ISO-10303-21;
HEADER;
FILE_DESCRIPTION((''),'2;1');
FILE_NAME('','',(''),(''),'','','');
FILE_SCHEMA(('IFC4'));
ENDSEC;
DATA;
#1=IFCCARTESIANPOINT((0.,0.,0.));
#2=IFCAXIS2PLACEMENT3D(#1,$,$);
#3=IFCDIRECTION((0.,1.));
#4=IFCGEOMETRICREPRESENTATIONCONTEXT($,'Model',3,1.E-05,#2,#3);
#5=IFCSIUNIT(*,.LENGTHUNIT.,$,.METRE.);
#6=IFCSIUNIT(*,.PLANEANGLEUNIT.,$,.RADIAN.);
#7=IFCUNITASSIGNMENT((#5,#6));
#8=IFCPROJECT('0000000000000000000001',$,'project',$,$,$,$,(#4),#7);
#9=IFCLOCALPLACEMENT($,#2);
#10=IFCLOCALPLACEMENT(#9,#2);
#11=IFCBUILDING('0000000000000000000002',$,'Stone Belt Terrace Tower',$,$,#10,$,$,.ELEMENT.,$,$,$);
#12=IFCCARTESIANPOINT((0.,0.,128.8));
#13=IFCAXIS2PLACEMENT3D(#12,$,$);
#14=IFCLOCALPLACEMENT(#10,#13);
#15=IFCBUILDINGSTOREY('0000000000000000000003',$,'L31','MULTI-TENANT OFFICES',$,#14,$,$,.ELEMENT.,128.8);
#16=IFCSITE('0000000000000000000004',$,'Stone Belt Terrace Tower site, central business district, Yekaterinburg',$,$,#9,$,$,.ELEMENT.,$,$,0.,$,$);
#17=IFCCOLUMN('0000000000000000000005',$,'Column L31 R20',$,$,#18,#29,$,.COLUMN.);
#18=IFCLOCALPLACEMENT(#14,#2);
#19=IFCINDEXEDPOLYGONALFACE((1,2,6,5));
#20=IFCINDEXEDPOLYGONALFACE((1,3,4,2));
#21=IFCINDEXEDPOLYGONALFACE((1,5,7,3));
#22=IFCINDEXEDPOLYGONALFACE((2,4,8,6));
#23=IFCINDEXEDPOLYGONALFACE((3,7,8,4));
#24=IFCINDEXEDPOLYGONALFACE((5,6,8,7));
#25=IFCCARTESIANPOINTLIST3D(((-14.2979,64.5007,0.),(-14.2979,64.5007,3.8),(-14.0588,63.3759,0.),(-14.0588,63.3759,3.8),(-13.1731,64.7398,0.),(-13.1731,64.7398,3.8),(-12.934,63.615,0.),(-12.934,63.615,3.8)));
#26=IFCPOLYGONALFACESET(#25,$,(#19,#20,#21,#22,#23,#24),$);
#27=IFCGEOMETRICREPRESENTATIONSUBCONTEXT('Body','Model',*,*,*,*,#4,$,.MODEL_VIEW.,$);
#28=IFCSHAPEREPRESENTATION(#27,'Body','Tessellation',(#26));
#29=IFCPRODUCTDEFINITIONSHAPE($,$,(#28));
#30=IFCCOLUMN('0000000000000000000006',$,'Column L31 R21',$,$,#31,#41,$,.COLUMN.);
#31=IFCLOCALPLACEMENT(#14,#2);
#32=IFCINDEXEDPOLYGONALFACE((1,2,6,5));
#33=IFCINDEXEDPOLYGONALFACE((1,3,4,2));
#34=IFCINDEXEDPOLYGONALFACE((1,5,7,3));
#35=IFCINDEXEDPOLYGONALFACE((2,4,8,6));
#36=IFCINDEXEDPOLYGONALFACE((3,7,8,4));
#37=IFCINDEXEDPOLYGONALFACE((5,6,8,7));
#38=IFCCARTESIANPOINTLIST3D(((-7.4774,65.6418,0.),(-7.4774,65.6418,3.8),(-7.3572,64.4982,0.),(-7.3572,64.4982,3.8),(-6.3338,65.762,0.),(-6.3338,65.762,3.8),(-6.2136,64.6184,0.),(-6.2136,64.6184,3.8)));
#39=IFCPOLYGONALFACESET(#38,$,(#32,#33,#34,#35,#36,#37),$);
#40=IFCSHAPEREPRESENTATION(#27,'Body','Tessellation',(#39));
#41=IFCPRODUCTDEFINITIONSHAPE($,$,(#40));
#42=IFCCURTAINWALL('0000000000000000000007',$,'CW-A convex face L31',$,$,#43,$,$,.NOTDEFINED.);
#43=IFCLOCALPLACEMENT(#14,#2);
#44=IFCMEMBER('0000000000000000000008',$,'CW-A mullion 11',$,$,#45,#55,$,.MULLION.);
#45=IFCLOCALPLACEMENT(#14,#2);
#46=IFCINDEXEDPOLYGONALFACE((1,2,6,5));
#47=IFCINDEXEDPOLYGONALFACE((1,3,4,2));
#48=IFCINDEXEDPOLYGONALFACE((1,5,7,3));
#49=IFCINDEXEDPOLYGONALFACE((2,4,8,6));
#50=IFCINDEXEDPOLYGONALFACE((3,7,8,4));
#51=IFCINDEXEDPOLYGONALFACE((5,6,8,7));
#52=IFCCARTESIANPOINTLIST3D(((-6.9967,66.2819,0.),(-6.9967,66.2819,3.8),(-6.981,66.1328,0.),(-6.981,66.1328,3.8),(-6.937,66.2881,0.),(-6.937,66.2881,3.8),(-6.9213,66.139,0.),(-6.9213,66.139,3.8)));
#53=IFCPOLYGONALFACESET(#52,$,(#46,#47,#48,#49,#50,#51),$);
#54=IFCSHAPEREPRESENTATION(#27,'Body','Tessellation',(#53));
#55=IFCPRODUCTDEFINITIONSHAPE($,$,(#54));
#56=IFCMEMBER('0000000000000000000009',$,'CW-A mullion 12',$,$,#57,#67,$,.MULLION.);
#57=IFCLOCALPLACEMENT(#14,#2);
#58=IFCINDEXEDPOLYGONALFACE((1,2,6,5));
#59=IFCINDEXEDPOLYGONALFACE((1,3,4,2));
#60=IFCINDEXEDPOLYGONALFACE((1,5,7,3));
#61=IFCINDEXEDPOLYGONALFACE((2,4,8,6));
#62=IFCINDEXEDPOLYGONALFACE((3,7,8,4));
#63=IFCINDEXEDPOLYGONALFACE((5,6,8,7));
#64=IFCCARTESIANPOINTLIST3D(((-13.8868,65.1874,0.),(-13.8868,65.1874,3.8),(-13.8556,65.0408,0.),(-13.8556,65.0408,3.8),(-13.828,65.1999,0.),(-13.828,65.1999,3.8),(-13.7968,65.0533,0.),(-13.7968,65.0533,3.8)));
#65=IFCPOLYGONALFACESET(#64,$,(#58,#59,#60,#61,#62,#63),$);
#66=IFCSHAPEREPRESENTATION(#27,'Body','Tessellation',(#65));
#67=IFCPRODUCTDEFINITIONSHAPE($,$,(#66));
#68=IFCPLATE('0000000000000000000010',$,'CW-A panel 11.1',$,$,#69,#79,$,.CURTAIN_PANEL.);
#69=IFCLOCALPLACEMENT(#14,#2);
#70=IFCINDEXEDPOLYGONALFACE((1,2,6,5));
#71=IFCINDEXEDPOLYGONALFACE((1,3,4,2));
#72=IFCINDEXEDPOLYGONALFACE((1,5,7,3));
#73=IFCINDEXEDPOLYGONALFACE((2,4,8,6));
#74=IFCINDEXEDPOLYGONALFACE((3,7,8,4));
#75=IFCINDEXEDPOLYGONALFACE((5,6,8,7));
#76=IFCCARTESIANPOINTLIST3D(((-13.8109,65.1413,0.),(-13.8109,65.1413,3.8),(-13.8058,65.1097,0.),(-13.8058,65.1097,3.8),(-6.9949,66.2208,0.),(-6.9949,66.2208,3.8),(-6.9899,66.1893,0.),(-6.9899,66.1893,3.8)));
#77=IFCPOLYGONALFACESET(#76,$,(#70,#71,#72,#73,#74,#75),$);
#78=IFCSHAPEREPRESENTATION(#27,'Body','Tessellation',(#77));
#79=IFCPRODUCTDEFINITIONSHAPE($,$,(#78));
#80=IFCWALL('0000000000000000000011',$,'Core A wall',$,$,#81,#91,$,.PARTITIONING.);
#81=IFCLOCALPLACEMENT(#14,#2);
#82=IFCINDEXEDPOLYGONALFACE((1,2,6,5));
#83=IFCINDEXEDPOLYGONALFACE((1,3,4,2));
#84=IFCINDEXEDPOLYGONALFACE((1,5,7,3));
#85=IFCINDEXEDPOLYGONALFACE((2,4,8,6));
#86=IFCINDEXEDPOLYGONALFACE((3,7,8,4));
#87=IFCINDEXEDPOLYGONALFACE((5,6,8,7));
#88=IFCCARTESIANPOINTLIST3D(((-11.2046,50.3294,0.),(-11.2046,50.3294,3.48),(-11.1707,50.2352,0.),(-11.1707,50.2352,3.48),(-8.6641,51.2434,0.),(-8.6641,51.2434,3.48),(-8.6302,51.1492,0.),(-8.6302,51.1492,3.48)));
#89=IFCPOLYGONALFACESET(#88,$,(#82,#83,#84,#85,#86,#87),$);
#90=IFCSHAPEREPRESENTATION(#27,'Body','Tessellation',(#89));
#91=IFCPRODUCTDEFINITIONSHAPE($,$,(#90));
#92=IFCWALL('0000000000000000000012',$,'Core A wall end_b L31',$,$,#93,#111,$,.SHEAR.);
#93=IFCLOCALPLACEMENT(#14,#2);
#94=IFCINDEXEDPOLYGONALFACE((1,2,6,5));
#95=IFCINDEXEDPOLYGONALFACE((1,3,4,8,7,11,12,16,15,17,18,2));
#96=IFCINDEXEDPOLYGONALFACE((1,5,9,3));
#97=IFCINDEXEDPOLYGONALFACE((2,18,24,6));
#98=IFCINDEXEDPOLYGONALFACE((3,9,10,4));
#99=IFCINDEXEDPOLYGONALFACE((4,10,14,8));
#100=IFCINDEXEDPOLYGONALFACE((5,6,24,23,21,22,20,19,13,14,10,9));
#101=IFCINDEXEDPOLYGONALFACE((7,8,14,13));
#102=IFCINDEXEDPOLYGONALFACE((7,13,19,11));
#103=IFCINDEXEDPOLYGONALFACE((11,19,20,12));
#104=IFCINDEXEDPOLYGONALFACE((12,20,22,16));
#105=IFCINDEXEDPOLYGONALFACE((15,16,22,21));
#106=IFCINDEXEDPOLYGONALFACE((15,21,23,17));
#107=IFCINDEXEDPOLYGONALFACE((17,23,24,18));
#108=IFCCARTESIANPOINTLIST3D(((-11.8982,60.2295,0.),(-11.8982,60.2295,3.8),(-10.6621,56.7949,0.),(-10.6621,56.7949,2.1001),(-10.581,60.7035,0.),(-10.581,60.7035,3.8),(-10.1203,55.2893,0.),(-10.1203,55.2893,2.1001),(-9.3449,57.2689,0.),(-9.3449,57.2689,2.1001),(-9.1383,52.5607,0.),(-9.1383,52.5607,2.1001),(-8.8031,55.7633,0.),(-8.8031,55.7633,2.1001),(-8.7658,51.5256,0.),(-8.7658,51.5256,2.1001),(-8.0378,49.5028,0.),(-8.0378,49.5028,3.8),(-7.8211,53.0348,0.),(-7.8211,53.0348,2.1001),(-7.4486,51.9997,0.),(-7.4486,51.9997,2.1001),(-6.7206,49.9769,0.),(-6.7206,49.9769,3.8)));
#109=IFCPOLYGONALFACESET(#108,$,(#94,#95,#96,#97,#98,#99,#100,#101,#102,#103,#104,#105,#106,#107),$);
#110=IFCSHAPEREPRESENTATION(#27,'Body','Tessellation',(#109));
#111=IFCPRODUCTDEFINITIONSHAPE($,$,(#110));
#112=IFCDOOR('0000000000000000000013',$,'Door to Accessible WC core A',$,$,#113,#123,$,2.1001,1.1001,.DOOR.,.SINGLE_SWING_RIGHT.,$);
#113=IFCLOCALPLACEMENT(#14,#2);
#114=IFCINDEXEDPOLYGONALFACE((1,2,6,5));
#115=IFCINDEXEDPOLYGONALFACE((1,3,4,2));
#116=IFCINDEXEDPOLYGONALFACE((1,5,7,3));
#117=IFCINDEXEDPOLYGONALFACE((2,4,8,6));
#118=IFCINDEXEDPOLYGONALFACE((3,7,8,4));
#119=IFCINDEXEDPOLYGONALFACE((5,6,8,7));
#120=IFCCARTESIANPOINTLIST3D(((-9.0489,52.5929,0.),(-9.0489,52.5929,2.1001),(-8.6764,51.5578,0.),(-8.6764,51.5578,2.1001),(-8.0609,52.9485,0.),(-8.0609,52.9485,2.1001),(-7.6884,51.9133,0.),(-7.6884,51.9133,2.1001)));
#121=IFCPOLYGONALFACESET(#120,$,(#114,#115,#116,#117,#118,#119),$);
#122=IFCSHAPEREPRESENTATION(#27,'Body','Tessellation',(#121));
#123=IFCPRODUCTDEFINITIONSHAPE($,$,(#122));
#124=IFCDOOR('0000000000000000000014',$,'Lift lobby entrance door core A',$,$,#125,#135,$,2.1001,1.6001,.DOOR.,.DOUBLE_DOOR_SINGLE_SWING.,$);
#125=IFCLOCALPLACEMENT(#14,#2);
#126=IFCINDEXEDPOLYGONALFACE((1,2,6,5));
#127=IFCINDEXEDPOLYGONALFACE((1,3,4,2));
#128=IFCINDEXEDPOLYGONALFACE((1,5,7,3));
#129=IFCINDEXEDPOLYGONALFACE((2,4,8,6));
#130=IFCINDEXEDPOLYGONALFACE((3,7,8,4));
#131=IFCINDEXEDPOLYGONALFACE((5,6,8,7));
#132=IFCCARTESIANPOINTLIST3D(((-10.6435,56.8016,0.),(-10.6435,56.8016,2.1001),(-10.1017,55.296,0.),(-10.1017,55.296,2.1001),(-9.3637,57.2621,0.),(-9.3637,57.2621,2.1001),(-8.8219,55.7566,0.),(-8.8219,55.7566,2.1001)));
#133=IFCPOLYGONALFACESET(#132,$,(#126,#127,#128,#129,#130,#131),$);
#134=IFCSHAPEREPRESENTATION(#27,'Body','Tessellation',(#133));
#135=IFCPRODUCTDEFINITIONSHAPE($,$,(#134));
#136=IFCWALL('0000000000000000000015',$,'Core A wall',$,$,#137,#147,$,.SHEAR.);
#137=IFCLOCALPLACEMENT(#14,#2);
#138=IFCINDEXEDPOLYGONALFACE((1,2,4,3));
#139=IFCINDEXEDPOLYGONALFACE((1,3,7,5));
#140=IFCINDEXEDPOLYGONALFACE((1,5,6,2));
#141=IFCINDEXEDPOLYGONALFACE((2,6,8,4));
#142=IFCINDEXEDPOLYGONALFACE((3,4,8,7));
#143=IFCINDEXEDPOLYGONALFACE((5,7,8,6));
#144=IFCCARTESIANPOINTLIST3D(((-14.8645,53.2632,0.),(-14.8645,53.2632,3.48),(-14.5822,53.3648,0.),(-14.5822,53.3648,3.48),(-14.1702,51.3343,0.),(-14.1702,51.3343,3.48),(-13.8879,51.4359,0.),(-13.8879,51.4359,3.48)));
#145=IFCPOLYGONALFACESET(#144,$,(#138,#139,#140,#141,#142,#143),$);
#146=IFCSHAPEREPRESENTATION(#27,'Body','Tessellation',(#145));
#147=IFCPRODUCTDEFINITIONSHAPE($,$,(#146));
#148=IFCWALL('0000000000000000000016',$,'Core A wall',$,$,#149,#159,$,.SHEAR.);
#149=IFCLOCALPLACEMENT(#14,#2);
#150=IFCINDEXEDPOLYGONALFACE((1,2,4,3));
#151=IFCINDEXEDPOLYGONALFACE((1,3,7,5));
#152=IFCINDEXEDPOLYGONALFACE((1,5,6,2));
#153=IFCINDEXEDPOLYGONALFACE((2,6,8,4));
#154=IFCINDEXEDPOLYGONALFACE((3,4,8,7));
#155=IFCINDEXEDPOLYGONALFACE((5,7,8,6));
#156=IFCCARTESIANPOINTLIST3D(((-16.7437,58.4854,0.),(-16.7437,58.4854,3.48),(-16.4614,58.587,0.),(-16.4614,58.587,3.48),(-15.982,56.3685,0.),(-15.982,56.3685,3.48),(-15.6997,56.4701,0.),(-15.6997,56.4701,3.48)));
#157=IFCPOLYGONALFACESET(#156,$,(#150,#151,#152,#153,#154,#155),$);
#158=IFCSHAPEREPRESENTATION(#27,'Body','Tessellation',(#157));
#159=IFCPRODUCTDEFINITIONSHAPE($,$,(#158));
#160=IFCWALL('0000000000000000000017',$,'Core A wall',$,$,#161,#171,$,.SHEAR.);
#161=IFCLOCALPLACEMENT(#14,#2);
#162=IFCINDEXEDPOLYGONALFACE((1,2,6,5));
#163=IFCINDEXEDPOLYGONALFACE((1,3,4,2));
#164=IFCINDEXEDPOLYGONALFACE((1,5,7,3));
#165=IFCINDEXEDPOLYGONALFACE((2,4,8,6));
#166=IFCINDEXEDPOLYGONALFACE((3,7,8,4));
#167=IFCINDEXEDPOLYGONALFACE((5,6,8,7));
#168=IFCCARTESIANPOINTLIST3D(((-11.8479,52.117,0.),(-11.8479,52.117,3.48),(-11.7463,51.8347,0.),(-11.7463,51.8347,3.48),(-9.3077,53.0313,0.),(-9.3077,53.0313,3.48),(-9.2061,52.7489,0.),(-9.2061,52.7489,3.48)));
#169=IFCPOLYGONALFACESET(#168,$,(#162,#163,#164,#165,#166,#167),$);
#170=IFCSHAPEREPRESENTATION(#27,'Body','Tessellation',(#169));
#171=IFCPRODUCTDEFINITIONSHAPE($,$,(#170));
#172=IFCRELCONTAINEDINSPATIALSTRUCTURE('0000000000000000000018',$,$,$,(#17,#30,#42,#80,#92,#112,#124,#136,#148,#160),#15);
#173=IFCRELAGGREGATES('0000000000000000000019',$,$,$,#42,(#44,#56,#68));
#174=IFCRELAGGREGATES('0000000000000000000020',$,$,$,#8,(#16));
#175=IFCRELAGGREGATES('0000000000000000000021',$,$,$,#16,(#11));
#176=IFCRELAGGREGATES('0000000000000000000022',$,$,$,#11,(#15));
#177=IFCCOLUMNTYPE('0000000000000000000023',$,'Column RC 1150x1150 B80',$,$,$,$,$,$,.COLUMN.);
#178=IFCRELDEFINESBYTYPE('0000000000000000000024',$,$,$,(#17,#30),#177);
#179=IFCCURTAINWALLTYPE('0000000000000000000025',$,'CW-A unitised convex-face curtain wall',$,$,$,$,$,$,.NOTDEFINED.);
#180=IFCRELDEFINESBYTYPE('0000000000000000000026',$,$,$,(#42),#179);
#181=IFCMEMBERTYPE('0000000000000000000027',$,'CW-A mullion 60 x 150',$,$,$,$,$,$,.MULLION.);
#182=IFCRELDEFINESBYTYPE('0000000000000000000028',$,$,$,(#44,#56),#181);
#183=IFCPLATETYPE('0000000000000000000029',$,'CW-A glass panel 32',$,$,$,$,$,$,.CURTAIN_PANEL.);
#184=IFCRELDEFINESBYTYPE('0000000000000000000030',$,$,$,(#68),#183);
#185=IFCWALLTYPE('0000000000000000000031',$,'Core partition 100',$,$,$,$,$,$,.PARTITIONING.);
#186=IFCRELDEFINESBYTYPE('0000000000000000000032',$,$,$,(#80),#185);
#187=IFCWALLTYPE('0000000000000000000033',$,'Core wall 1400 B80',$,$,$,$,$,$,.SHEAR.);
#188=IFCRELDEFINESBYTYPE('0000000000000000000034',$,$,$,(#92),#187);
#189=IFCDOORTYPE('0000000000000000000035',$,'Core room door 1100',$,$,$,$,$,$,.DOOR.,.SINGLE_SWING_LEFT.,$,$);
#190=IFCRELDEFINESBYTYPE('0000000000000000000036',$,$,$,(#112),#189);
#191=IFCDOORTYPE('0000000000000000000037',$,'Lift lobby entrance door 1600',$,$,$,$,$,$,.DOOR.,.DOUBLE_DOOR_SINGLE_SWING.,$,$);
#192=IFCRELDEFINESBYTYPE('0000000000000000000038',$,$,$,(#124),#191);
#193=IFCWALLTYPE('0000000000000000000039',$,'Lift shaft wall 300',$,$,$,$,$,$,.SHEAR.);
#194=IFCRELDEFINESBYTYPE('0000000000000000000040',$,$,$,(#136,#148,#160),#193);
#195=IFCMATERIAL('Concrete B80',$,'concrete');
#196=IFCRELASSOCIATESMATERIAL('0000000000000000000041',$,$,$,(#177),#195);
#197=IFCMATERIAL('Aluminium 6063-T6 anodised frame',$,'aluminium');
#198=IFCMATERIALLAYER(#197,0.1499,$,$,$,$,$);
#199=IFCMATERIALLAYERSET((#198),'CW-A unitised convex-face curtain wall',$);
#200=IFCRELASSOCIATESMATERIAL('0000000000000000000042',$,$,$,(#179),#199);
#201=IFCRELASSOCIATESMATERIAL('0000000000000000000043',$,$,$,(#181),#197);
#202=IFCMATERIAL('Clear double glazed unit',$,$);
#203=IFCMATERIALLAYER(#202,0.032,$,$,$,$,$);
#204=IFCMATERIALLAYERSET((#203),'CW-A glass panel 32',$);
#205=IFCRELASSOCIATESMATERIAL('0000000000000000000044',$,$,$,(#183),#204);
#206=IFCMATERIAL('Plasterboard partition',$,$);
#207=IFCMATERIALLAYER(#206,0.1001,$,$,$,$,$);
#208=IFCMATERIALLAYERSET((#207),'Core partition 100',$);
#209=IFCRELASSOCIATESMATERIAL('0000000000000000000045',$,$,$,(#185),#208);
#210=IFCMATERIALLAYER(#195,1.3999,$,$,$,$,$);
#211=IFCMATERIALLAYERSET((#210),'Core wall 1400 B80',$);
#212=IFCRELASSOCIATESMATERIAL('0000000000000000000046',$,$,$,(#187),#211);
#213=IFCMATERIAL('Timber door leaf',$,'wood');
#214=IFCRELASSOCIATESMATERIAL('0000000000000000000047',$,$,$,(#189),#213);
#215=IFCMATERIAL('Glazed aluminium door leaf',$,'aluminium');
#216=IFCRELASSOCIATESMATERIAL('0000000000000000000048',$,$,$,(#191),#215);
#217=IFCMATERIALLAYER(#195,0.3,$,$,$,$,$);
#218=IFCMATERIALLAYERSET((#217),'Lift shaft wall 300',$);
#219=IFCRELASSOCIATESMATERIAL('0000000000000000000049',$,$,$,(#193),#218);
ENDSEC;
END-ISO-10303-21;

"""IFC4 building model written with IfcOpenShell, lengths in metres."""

from ifc_helpers import new_model, si_unit, direction, frame, frame_2d, origin, origin_2d, place, context, subcontext, project, spatial, rectangle, extrude, material, layer, layer_set, material_profile, profile_set, type_object, element, fill, aggregate, save


model = new_model("IFC4")

# Units and contexts
model_context = context("Model", 3, precision=1e-05, world=origin(), true_north=direction((0.0, 1.0)))
body_context = subcontext(model_context, "Body", "Model", "MODEL_VIEW")
ifc_project = project(units=[si_unit("LENGTHUNIT", "METRE"), si_unit("PLANEANGLEUNIT", "RADIAN")], contexts=[model_context])

# Site, building, storey
site_placement = place(None, origin())
site = spatial("IfcSite", under=ifc_project, at=site_placement, Name="Stone Belt Terrace Tower site, central business district, Yekaterinburg", CompositionType="ELEMENT", RefElevation=0.0)
building_placement = place(site_placement, origin())
building = spatial("IfcBuilding", under=site, at=building_placement, Name="Stone Belt Terrace Tower", CompositionType="ELEMENT")
storey_placement = place(building_placement, frame((0.0, 0.0, 128.8)))
storey = spatial("IfcBuildingStorey", under=building, at=storey_placement, Name="L31", Description="MULTI-TENANT OFFICES", CompositionType="ELEMENT", Elevation=128.8)

# Columns
ifc_material_1 = material(Name="Concrete B80", Category="concrete")
ifc_material_profile_1 = material_profile(ifc_material_1, rectangle(XDim=1.1499, YDim=1.1499, at=origin_2d()), Name="RC 1150x1150")
ifc_profile_set_1 = profile_set([ifc_material_profile_1], Name="Concrete B80")
column_type = type_object("IfcColumnType", Name="Column RC 1150x1150 B80", PredefinedType="COLUMN", material=ifc_profile_set_1)
for number, where, z_axis, x_axis, name in (
    (1, (-13.616, 64.0579, 0.0), (0.0, 0.0, 1.0), (0.978148, 0.207912, 0.0), "Column L31 R20"),
    (2, (-6.8455, 65.1301, 0.0), (0.0, 0.0, 1.0), (0.994522, 0.104528, 0.0), "Column L31 R21"),
):
    element("IfcColumn", number, at=place(storey_placement, frame(where, z_axis=z_axis, x_axis=x_axis)), inside=storey, type_object=column_type, Name=name, PredefinedType="COLUMN", context=body_context, shape_type="SweptSolid", body=[
        extrude(rectangle(XDim=1.1499, YDim=1.1499, at=origin_2d()), origin(), (0.0, 0.0, 1.0), 3.8),
    ])

# Curtain wall, members, plate
ifc_material_2 = material(Name="Aluminium 6063-T6 anodised frame", Category="aluminium")
ifc_layer_1 = layer(ifc_material_2, 0.1499)
ifc_layer_set_1 = layer_set([ifc_layer_1], Name="CW-A unitised convex-face curtain wall")
curtain_wall_type = type_object("IfcCurtainWallType", Name="CW-A unitised convex-face curtain wall", PredefinedType="NOTDEFINED", material=ifc_layer_set_1)
curtain_wall_placement = place(storey_placement, origin())
curtain_wall = element("IfcCurtainWall", 3, at=curtain_wall_placement, inside=storey, type_object=curtain_wall_type, Name="CW-A convex face L31", PredefinedType="NOTDEFINED")
ifc_material_profile_2 = material_profile(ifc_material_2, rectangle(XDim=0.1499, YDim=0.0601, at=origin_2d()), Name="Aluminium 6063-T6 60x150")
ifc_profile_set_2 = profile_set([ifc_material_profile_2], Name="Aluminium 6063-T6 anodised frame")
member_type = type_object("IfcMemberType", Name="CW-A mullion 60 x 150", PredefinedType="MULLION", material=ifc_profile_set_2)
member_1_placement = place(storey_placement, frame((-6.959, 66.2104, 0.0), z_axis=(0.0, 0.0, 1.0), x_axis=(0.104528, -0.994522, 0.0)))
member_1 = element("IfcMember", 4, at=member_1_placement, type_object=member_type, Name="CW-A mullion 11", PredefinedType="MULLION", context=body_context, shape_type="SweptSolid", body=[
    extrude(rectangle(XDim=0.1499, YDim=0.0601, at=origin_2d()), origin(), (0.0, 0.0, 1.0), 3.8),
])
member_2_placement = place(storey_placement, frame((-13.8418, 65.1204, 0.0), z_axis=(0.0, 0.0, 1.0), x_axis=(0.207912, -0.978148, 0.0)))
member_2 = element("IfcMember", 5, at=member_2_placement, type_object=member_type, Name="CW-A mullion 12", PredefinedType="MULLION", context=body_context, shape_type="SweptSolid", body=[
    extrude(rectangle(XDim=0.1499, YDim=0.0601, at=origin_2d()), origin(), (0.0, 0.0, 1.0), 3.8),
])
ifc_material_3 = material(Name="Clear double glazed unit")
ifc_layer_2 = layer(ifc_material_3, 0.032)
ifc_layer_set_2 = layer_set([ifc_layer_2], Name="CW-A glass panel 32")
plate_type = type_object("IfcPlateType", Name="CW-A glass panel 32", PredefinedType="CURTAIN_PANEL", material=ifc_layer_set_2)
plate_placement = place(storey_placement, frame((-10.4004, 65.6653, 0.0), z_axis=(0.0, 0.0, 1.0), x_axis=(-0.987688, -0.156434, 0.0)))
plate = element("IfcPlate", 6, at=plate_placement, type_object=plate_type, Name="CW-A panel 11.1", PredefinedType="CURTAIN_PANEL", context=body_context, shape_type="SweptSolid", body=[
    extrude(rectangle(XDim=6.9009, YDim=0.032, at=origin_2d()), origin(), (0.0, 0.0, 1.0), 3.8),
])
aggregate(curtain_wall, [member_1, member_2, plate])

# Wall
ifc_material_4 = material(Name="Plasterboard partition")
ifc_layer_3 = layer(ifc_material_4, 0.1001)
ifc_layer_set_3 = layer_set([ifc_layer_3], Name="Core partition 100")
wall_type_1 = type_object("IfcWallType", Name="Core partition 100", PredefinedType="PARTITIONING", material=ifc_layer_set_3)
wall_1_placement = place(storey_placement, frame((-11.1877, 50.2822, 0.0), z_axis=(0.0, 0.0, 1.0), x_axis=(0.94095, 0.338547, 0.0)))
element("IfcWall", 7, at=wall_1_placement, inside=storey, type_object=wall_type_1, Name="Core A wall", PredefinedType="PARTITIONING", context=body_context, shape_type="SweptSolid", body=[
    extrude(rectangle(XDim=2.7, YDim=0.1001, at=frame_2d((1.3501, 0.0))), origin(), (0.0, 0.0, 1.0), 3.48),
])

# Wall, openings, doors
ifc_layer_4 = layer(ifc_material_1, 1.3999)
ifc_layer_set_4 = layer_set([ifc_layer_4], Name="Core wall 1400 B80")
wall_type_2 = type_object("IfcWallType", Name="Core wall 1400 B80", PredefinedType="SHEAR", material=ifc_layer_set_4)
wall_2_placement = place(storey_placement, frame((-7.3792, 49.7397, 0.0), z_axis=(0.0, 0.0, 1.0), x_axis=(-0.338625, 0.940921, 0.0)))
wall_2 = element("IfcWall", 8, at=wall_2_placement, inside=storey, type_object=wall_type_2, Name="Core A wall end_b L31", PredefinedType="SHEAR", context=body_context, shape_type="SweptSolid", body=[
    extrude(rectangle(XDim=11.4001, YDim=1.3999, at=frame_2d((5.7002, 0.0))), origin(), (0.0, 0.0, 1.0), 3.8),
])
opening_1_placement = place(wall_2_placement, frame((6.1499, 0.0, 0.0)))
opening_1 = element("IfcOpeningElement", 9, at=opening_1_placement, cuts=wall_2, PredefinedType="OPENING", context=body_context, shape_type="SweptSolid", body=[
    extrude(rectangle(XDim=1.6001, YDim=2.1001, at=frame_2d((0.8, 1.05))), frame((0.0, 0.71, 0.0), z_axis=(0.0, -1.0, 0.0), x_axis=(1.0, 0.0, 0.0)), (0.0, 0.0, 1.0), 1.4199),
])
opening_2_placement = place(wall_2_placement, frame((2.1499, 0.0, 0.0)))
opening_2 = element("IfcOpeningElement", 10, at=opening_2_placement, cuts=wall_2, PredefinedType="OPENING", context=body_context, shape_type="SweptSolid", body=[
    extrude(rectangle(XDim=1.1001, YDim=2.1001, at=frame_2d((0.55, 1.05))), frame((0.0, 0.71, 0.0), z_axis=(0.0, -1.0, 0.0), x_axis=(1.0, 0.0, 0.0)), (0.0, 0.0, 1.0), 1.4199),
])
ifc_material_5 = material(Name="Timber door leaf", Category="wood")
door_type_1 = type_object("IfcDoorType", Name="Core room door 1100", OperationType="SINGLE_SWING_LEFT", PredefinedType="DOOR", material=ifc_material_5)
door_1_placement = place(opening_2_placement, origin())
door_1 = element("IfcDoor", 11, at=door_1_placement, inside=storey, type_object=door_type_1, Name="Door to Accessible WC core A", OperationType="SINGLE_SWING_RIGHT", OverallHeight=2.1001, OverallWidth=1.1001, PredefinedType="DOOR", context=body_context, shape_type="SweptSolid", body=[
    extrude(rectangle(XDim=1.1001, YDim=2.1001, at=frame_2d((0.55, 1.05))), frame((0.0, 0.605, 0.0), z_axis=(0.0, -1.0, 0.0), x_axis=(1.0, 0.0, 0.0)), (0.0, 0.0, 1.0), 1.05),
])
fill(opening_2, door_1)
ifc_material_6 = material(Name="Glazed aluminium door leaf", Category="aluminium")
door_type_2 = type_object("IfcDoorType", Name="Lift lobby entrance door 1600", OperationType="DOUBLE_DOOR_SINGLE_SWING", PredefinedType="DOOR", material=ifc_material_6)
door_2_placement = place(opening_1_placement, origin())
door_2 = element("IfcDoor", 12, at=door_2_placement, inside=storey, type_object=door_type_2, Name="Lift lobby entrance door core A", OperationType="DOUBLE_DOOR_SINGLE_SWING", OverallHeight=2.1001, OverallWidth=1.6001, PredefinedType="DOOR", context=body_context, shape_type="SweptSolid", body=[
    extrude(rectangle(XDim=1.6001, YDim=2.1001, at=frame_2d((0.8, 1.05))), frame((0.0, 0.6802, 0.0), z_axis=(0.0, -1.0, 0.0), x_axis=(1.0, 0.0, 0.0)), (0.0, 0.0, 1.0), 1.3601),
])
fill(opening_1, door_2)

# Walls
ifc_layer_5 = layer(ifc_material_1, 0.3)
ifc_layer_set_5 = layer_set([ifc_layer_5], Name="Lift shaft wall 300")
wall_type_3 = type_object("IfcWallType", Name="Lift shaft wall 300", PredefinedType="SHEAR", material=ifc_layer_set_5)
wall_3_placement = place(storey_placement, frame((-14.0291, 51.3853, 0.0), z_axis=(0.0, 0.0, 1.0), x_axis=(-0.338682, 0.940901, 0.0)))
element("IfcWall", 13, at=wall_3_placement, inside=storey, type_object=wall_type_3, Name="Core A wall", PredefinedType="SHEAR", context=body_context, shape_type="SweptSolid", body=[
    extrude(rectangle(XDim=2.05, YDim=0.3, at=frame_2d((1.0249, 0.0))), origin(), (0.0, 0.0, 1.0), 3.48),
])
wall_4_placement = place(storey_placement, frame((-15.8408, 56.4192, 0.0), z_axis=(0.0, 0.0, 1.0), x_axis=(-0.33857, 0.940941, 0.0)))
element("IfcWall", 14, at=wall_4_placement, inside=storey, type_object=wall_type_3, Name="Core A wall", PredefinedType="SHEAR", context=body_context, shape_type="SweptSolid", body=[
    extrude(rectangle(XDim=2.2498, YDim=0.3, at=frame_2d((1.125, 0.0))), origin(), (0.0, 0.0, 1.0), 3.48),
])
wall_5_placement = place(storey_placement, frame((-11.7971, 51.9758, 0.0), z_axis=(0.0, 0.0, 1.0), x_axis=(0.94091, 0.338655, 0.0)))
element("IfcWall", 15, at=wall_5_placement, inside=storey, type_object=wall_type_3, Name="Core A wall", PredefinedType="SHEAR", context=body_context, shape_type="SweptSolid", body=[
    extrude(rectangle(XDim=2.6997, YDim=0.3, at=frame_2d((1.3499, 0.0))), origin(), (0.0, 0.0, 1.0), 3.48),
])

save(model, "model.ifc")
